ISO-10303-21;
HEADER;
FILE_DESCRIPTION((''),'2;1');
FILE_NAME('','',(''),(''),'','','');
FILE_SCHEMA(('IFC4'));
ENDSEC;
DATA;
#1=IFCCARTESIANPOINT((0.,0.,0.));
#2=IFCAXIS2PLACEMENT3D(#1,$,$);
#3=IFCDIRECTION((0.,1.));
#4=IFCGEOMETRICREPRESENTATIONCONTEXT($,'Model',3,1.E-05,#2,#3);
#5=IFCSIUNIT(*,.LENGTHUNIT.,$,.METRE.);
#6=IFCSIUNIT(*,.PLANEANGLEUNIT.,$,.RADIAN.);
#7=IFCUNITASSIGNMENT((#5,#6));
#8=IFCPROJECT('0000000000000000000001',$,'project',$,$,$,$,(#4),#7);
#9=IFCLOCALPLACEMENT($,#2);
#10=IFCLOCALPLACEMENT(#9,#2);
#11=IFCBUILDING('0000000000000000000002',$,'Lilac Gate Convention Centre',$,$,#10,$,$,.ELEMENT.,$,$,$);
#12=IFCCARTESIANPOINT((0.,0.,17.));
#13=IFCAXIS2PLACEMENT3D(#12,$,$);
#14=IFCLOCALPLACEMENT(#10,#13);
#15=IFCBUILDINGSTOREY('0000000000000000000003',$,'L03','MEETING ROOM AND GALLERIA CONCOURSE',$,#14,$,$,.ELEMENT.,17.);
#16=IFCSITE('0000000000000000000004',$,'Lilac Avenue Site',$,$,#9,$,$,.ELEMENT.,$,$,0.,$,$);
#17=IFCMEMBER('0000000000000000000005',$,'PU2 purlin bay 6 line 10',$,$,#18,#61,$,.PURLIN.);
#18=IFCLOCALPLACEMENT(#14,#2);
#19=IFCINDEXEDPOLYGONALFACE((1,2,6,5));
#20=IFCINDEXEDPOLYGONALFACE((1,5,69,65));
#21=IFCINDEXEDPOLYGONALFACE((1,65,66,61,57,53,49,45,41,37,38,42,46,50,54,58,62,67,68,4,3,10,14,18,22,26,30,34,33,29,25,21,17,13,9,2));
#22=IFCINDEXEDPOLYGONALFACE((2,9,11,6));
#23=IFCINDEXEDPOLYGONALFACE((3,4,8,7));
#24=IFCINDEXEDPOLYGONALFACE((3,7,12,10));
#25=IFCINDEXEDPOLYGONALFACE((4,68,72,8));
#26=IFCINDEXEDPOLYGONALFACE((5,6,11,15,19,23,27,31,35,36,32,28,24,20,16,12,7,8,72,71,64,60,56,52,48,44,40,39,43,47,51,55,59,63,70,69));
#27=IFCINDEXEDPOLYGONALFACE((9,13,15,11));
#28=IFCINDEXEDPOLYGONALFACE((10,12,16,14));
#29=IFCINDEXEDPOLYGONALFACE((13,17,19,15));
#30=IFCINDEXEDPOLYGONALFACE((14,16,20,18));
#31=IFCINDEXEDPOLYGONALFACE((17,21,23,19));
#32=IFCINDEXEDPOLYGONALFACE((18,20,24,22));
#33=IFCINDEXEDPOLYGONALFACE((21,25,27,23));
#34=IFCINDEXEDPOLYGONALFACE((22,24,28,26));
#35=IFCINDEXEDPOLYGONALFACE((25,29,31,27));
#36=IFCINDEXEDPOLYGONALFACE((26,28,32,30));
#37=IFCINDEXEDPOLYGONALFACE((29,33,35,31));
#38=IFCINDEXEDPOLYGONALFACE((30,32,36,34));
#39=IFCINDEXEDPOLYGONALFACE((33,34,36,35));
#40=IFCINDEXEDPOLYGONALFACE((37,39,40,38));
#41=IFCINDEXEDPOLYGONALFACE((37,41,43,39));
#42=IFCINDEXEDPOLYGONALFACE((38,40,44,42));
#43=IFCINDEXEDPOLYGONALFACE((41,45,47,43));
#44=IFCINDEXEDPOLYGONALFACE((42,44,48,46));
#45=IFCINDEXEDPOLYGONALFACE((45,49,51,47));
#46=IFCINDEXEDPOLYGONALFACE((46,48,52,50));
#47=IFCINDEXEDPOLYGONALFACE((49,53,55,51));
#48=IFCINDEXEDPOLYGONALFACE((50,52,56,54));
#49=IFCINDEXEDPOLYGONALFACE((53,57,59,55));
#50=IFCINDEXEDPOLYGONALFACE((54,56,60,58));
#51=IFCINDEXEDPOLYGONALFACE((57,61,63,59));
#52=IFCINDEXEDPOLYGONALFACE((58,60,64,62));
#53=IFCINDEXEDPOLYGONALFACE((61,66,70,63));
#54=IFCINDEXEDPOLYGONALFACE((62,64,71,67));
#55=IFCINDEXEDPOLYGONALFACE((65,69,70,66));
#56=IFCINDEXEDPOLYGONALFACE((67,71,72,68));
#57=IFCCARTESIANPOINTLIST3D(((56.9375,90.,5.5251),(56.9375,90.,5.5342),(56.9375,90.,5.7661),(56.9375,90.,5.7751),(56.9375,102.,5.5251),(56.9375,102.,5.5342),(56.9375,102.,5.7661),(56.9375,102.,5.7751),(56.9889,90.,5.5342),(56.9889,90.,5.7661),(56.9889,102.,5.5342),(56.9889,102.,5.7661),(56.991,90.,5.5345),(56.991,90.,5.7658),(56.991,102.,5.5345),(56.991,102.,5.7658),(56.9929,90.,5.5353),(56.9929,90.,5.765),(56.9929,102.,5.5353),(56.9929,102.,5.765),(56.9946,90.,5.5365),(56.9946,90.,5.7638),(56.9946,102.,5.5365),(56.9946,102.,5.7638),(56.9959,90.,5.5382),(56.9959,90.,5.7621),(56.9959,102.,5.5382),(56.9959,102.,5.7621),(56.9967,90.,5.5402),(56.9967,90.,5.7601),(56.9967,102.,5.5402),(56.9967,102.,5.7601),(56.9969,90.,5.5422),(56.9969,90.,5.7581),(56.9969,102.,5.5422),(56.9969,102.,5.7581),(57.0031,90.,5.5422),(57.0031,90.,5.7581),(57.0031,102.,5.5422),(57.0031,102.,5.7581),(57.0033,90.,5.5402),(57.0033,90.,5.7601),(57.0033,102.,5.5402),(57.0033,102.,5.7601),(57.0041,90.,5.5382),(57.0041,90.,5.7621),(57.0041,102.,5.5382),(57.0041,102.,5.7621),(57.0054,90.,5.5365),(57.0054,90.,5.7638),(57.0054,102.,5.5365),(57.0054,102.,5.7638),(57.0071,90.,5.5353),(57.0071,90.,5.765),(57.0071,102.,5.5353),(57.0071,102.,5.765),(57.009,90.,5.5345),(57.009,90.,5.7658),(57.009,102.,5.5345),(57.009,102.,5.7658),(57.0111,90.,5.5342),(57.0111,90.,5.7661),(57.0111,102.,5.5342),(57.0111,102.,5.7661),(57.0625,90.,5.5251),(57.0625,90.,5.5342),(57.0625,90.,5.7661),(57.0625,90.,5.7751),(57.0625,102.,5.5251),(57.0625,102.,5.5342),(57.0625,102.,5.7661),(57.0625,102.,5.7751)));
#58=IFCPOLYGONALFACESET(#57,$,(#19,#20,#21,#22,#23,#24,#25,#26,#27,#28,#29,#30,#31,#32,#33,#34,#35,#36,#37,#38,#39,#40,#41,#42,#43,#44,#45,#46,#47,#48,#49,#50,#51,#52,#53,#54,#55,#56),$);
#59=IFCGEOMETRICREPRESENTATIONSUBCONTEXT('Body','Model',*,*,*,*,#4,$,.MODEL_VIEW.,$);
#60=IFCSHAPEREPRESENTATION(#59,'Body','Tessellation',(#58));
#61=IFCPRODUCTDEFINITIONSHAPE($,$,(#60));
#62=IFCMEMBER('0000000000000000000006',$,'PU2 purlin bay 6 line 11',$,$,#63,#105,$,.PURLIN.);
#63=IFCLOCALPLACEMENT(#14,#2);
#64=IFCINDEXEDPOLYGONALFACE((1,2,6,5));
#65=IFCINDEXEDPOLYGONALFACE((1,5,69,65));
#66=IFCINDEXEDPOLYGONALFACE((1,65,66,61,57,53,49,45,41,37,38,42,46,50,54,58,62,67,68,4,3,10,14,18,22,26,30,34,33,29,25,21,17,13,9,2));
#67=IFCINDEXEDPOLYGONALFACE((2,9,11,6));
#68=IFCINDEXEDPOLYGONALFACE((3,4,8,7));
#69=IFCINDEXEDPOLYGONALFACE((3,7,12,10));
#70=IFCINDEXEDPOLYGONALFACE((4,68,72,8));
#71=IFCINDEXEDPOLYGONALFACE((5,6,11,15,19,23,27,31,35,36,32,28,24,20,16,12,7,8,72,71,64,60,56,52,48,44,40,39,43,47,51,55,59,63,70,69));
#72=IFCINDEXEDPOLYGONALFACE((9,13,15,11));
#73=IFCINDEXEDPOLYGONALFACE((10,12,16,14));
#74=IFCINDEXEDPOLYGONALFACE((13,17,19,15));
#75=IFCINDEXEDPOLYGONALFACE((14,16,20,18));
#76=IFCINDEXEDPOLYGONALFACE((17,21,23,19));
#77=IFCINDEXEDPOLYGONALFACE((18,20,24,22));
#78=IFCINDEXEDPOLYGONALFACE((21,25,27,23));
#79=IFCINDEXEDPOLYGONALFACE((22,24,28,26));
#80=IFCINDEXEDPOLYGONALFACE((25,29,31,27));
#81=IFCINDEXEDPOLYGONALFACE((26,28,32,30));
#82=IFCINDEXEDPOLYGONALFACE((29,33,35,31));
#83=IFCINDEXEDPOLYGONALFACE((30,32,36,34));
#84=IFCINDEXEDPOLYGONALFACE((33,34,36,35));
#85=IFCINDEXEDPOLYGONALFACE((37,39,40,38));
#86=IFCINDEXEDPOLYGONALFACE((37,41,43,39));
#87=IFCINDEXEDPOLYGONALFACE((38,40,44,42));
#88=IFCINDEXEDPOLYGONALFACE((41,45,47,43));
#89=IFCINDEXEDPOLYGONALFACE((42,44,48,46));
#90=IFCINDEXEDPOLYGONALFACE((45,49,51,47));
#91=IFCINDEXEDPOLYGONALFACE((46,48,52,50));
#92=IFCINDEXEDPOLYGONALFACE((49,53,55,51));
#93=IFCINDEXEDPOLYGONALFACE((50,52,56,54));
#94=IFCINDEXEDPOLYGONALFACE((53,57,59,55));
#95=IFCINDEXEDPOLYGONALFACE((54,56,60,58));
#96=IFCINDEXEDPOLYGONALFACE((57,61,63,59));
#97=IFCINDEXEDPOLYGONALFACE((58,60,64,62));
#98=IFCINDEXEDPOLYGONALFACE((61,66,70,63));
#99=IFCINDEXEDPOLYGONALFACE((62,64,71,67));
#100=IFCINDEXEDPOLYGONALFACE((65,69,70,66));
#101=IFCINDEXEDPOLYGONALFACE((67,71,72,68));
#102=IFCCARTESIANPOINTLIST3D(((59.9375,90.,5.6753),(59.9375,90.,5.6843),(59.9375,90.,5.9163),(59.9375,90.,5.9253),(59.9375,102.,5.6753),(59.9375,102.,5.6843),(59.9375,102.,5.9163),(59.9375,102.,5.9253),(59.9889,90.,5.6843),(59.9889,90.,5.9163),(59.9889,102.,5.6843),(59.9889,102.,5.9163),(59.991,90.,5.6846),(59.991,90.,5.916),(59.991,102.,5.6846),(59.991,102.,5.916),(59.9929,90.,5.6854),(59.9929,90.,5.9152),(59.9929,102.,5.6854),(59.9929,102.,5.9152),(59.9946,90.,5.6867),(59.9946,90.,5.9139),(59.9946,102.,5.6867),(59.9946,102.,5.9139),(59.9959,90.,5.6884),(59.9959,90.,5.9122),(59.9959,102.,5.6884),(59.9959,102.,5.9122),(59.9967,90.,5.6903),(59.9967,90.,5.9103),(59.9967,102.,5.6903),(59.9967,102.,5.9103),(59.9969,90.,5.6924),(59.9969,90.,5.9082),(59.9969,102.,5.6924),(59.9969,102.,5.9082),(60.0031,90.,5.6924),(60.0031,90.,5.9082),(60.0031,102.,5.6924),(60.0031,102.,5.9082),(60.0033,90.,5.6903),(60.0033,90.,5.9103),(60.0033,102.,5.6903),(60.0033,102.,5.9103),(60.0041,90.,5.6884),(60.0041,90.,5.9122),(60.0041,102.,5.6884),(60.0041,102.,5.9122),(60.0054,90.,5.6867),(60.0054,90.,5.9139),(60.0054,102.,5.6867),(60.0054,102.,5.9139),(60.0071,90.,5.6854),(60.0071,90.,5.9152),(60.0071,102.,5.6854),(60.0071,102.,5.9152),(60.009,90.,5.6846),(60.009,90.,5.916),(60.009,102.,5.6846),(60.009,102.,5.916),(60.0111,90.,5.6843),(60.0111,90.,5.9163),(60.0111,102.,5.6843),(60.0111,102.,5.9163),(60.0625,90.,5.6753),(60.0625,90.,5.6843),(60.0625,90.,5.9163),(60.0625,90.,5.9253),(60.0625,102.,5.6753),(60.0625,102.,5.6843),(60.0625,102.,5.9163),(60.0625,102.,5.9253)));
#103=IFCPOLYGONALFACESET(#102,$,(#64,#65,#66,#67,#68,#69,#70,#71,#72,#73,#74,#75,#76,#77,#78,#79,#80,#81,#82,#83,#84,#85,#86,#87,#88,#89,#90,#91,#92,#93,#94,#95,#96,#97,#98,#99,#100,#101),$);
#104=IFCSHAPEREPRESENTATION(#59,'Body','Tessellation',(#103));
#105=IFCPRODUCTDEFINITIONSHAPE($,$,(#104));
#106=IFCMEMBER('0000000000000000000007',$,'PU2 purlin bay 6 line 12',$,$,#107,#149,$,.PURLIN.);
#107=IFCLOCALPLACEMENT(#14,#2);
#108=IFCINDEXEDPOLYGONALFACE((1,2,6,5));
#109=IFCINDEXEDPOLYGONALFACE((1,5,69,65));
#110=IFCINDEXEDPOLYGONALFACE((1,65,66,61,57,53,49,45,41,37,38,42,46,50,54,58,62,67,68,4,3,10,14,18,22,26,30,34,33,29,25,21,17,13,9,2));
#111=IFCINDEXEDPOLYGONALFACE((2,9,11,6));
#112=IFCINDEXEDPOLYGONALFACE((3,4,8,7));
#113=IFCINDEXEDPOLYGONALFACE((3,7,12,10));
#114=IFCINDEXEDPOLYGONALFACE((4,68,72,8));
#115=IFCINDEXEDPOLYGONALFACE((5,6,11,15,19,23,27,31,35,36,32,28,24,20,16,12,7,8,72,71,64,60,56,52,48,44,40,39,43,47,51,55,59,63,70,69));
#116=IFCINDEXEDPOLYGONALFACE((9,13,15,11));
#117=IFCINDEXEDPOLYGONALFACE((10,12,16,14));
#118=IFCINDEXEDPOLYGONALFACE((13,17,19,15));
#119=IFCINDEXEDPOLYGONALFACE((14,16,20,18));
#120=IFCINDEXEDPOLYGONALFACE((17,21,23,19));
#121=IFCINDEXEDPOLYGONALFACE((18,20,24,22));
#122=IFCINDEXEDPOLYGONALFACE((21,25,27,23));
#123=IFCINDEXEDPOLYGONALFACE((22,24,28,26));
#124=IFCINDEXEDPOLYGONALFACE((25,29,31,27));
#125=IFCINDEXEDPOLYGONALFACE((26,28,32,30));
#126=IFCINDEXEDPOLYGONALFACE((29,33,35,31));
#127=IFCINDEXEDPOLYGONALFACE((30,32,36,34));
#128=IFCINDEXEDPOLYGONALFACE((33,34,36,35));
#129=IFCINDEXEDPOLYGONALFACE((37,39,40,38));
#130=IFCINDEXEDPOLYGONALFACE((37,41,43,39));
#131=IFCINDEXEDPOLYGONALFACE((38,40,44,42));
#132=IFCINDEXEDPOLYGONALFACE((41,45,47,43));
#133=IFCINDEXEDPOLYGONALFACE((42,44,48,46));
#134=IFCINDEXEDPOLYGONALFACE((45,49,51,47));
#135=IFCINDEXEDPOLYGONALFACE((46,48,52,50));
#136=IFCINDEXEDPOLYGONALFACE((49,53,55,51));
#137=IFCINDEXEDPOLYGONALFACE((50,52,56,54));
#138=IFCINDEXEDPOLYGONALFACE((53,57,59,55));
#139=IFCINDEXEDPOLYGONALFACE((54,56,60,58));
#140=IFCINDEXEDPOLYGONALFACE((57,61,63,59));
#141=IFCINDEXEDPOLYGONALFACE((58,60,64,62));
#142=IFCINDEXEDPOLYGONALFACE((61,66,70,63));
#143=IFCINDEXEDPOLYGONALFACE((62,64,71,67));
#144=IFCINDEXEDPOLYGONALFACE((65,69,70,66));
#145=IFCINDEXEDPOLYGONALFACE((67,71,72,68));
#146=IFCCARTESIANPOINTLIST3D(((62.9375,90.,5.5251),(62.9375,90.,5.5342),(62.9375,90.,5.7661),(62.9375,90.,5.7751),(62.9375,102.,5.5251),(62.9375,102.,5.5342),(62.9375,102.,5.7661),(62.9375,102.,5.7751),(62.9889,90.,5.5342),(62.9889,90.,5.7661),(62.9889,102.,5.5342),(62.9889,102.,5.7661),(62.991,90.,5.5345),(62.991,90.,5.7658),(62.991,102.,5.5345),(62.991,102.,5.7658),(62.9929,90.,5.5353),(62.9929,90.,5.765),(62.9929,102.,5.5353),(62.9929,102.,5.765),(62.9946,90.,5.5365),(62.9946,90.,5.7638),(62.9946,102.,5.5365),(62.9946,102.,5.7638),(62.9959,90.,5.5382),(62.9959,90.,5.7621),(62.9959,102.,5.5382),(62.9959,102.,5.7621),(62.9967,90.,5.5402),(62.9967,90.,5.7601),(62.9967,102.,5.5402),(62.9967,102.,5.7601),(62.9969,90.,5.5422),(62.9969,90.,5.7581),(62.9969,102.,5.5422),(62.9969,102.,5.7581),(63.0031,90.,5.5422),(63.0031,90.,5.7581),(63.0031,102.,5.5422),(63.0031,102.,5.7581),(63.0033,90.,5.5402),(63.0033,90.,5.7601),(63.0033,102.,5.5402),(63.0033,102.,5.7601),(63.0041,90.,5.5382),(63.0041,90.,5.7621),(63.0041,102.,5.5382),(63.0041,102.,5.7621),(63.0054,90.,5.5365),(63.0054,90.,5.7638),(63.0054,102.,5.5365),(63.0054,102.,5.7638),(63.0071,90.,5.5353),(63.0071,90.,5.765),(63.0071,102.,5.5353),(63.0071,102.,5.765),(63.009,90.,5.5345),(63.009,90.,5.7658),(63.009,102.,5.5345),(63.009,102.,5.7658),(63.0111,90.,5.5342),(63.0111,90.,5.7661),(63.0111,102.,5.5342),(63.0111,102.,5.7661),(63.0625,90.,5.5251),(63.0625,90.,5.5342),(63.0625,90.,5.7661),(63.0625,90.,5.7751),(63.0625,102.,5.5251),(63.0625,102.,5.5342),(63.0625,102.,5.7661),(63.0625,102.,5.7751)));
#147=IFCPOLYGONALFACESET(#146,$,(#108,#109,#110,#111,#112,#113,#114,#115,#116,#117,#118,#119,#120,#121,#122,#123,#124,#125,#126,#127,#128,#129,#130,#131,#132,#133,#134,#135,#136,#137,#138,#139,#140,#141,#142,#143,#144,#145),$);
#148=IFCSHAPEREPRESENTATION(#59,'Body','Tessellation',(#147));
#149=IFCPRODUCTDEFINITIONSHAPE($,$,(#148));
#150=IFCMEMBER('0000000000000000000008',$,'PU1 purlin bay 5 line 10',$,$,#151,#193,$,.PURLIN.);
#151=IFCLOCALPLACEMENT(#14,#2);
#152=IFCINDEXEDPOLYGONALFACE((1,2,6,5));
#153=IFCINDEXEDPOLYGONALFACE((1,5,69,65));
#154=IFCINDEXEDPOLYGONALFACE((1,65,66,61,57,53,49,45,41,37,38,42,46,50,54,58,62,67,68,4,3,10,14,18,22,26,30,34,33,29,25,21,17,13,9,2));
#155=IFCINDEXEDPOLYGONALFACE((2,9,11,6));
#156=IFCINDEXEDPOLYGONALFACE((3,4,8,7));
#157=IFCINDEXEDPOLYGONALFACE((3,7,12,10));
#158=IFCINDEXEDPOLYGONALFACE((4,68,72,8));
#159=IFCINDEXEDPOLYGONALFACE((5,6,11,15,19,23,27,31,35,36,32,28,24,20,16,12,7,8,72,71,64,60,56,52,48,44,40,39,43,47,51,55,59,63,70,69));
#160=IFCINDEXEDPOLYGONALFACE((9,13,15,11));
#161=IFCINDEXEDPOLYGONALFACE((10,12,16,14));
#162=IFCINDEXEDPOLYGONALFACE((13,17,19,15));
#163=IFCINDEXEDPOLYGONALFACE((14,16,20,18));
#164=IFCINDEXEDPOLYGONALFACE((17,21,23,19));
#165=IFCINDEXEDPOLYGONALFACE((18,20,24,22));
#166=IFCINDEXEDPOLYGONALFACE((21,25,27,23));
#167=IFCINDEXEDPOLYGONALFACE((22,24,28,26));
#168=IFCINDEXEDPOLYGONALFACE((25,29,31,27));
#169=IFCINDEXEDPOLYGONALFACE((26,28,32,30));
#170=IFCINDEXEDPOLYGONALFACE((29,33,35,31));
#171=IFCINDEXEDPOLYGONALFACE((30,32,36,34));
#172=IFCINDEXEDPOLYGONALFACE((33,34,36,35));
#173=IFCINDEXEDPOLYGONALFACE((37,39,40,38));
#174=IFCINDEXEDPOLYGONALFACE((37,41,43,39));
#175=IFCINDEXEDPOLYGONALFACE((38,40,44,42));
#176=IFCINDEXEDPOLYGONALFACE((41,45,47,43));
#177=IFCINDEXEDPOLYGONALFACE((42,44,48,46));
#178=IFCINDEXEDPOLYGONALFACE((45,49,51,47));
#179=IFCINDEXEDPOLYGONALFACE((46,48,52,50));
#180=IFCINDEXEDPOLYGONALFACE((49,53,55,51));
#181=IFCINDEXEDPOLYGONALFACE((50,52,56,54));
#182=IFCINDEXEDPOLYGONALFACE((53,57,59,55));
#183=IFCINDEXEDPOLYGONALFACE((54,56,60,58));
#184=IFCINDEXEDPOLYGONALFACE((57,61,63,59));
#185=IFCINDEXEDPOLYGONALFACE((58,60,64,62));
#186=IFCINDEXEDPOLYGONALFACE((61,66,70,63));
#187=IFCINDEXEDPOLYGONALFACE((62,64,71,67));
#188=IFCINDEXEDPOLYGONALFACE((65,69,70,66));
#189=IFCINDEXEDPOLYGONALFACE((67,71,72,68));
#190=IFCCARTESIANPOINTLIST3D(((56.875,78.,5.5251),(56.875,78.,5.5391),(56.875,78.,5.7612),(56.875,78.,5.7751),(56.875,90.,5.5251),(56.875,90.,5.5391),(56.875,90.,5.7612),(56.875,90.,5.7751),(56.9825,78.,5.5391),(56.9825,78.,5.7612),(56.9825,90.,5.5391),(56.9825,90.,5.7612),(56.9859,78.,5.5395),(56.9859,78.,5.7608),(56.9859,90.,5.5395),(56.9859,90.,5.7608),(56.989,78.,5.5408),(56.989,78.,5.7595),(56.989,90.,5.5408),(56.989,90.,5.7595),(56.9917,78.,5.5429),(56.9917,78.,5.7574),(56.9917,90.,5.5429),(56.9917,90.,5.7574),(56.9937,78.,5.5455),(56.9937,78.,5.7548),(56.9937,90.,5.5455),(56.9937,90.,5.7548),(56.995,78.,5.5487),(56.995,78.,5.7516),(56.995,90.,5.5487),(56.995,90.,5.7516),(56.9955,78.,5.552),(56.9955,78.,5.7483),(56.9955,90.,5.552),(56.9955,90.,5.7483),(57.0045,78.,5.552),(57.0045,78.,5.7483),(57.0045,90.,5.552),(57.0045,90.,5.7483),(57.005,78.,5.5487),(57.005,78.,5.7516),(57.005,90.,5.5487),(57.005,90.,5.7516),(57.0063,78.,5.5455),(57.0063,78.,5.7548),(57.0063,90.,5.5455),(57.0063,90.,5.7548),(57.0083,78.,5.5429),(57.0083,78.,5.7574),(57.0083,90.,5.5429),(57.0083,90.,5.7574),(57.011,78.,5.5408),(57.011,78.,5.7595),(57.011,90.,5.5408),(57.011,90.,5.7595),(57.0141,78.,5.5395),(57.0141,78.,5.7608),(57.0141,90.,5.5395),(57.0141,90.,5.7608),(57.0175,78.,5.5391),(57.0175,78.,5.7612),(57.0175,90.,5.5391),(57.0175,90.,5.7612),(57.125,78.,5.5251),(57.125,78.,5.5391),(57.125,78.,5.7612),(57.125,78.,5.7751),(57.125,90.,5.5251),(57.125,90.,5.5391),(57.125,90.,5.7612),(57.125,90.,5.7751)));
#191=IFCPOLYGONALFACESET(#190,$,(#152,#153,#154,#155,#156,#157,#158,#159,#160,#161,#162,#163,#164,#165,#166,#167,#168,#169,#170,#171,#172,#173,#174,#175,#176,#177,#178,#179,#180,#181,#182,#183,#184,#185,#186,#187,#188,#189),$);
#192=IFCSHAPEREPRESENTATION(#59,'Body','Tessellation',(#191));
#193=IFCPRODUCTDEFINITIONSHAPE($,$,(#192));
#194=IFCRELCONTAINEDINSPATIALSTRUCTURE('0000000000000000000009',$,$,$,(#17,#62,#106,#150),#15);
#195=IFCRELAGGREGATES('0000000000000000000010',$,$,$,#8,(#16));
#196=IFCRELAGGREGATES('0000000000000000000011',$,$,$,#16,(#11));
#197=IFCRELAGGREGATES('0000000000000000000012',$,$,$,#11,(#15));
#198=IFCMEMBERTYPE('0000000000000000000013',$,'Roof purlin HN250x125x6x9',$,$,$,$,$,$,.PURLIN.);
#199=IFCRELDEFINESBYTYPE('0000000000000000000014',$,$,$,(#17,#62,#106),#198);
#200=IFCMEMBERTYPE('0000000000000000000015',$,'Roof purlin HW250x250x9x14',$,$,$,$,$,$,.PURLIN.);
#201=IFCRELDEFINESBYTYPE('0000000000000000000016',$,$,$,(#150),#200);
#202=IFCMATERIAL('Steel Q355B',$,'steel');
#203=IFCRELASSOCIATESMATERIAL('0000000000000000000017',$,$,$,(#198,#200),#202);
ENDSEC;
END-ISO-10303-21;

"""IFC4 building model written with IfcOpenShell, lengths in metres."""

from ifc_helpers import new_model, si_unit, direction, frame, origin, origin_2d, place, context, subcontext, project, spatial, i_section, extrude, material, material_profile, profile_set, type_object, element, save


model = new_model("IFC4")

# Units and contexts
model_context = context("Model", 3, precision=1e-05, world=origin(), true_north=direction((0.0, 1.0)))
body_context = subcontext(model_context, "Body", "Model", "MODEL_VIEW")
ifc_project = project(units=[si_unit("LENGTHUNIT", "METRE"), si_unit("PLANEANGLEUNIT", "RADIAN")], contexts=[model_context])

# Site, building, storey
site_placement = place(None, origin())
site = spatial("IfcSite", under=ifc_project, at=site_placement, Name="Lilac Avenue Site", CompositionType="ELEMENT", RefElevation=0.0)
building_placement = place(site_placement, origin())
building = spatial("IfcBuilding", under=site, at=building_placement, Name="Lilac Gate Convention Centre", CompositionType="ELEMENT")
storey_placement = place(building_placement, frame((0.0, 0.0, 17.0)))
storey = spatial("IfcBuildingStorey", under=building, at=storey_placement, Name="L03", Description="MEETING ROOM AND GALLERIA CONCOURSE", CompositionType="ELEMENT", Elevation=17.0)

# Members
ifc_material = material(Name="Steel Q355B", Category="steel")
ifc_material_profile_1 = material_profile(ifc_material, i_section(OverallWidth=0.125, OverallDepth=0.25, WebThickness=0.0061, FlangeThickness=0.009, FilletRadius=0.0081, at=origin_2d()), Name="HN250x125x6x9")
ifc_profile_set_1 = profile_set([ifc_material_profile_1], Name="Steel Q355B")
member_type_1 = type_object("IfcMemberType", Name="Roof purlin HN250x125x6x9", PredefinedType="PURLIN", material=ifc_profile_set_1)
for number, where, z_axis, x_axis, name in (
    (1, (57.0, 90.0, 5.6501), (0.0, 1.0, 0.0), (-1.0, 0.0, 0.0), "PU2 purlin bay 6 line 10"),
    (2, (60.0, 90.0, 5.8003), (0.0, 1.0, 0.0), (-1.0, 0.0, 0.0), "PU2 purlin bay 6 line 11"),
    (3, (63.0, 90.0, 5.6501), (0.0, 1.0, 0.0), (-1.0, 0.0, 0.0), "PU2 purlin bay 6 line 12"),
):
    element("IfcMember", number, at=place(storey_placement, frame(where, z_axis=z_axis, x_axis=x_axis)), inside=storey, type_object=member_type_1, Name=name, PredefinedType="PURLIN", context=body_context, shape_type="SweptSolid", body=[
        extrude(i_section(OverallWidth=0.125, OverallDepth=0.25, WebThickness=0.0061, FlangeThickness=0.009, FilletRadius=0.0081, at=origin_2d()), origin(), (0.0, 0.0, 1.0), 12.0),
    ])
ifc_material_profile_2 = material_profile(ifc_material, i_section(OverallWidth=0.25, OverallDepth=0.25, WebThickness=0.009, FlangeThickness=0.0139, FilletRadius=0.0129, at=origin_2d()), Name="HW250x250x9x14")
ifc_profile_set_2 = profile_set([ifc_material_profile_2], Name="Steel Q355B")
member_type_2 = type_object("IfcMemberType", Name="Roof purlin HW250x250x9x14", PredefinedType="PURLIN", material=ifc_profile_set_2)
for number, where, z_axis, x_axis, name in (
    (4, (57.0, 78.0, 5.6501), (0.0, 1.0, 0.0), (-1.0, 0.0, 0.0), "PU1 purlin bay 5 line 10"),
):
    element("IfcMember", number, at=place(storey_placement, frame(where, z_axis=z_axis, x_axis=x_axis)), inside=storey, type_object=member_type_2, Name=name, PredefinedType="PURLIN", context=body_context, shape_type="SweptSolid", body=[
        extrude(i_section(OverallWidth=0.25, OverallDepth=0.25, WebThickness=0.009, FlangeThickness=0.0139, FilletRadius=0.0129, at=origin_2d()), origin(), (0.0, 0.0, 1.0), 12.0),
    ])

save(model, "model.ifc")
